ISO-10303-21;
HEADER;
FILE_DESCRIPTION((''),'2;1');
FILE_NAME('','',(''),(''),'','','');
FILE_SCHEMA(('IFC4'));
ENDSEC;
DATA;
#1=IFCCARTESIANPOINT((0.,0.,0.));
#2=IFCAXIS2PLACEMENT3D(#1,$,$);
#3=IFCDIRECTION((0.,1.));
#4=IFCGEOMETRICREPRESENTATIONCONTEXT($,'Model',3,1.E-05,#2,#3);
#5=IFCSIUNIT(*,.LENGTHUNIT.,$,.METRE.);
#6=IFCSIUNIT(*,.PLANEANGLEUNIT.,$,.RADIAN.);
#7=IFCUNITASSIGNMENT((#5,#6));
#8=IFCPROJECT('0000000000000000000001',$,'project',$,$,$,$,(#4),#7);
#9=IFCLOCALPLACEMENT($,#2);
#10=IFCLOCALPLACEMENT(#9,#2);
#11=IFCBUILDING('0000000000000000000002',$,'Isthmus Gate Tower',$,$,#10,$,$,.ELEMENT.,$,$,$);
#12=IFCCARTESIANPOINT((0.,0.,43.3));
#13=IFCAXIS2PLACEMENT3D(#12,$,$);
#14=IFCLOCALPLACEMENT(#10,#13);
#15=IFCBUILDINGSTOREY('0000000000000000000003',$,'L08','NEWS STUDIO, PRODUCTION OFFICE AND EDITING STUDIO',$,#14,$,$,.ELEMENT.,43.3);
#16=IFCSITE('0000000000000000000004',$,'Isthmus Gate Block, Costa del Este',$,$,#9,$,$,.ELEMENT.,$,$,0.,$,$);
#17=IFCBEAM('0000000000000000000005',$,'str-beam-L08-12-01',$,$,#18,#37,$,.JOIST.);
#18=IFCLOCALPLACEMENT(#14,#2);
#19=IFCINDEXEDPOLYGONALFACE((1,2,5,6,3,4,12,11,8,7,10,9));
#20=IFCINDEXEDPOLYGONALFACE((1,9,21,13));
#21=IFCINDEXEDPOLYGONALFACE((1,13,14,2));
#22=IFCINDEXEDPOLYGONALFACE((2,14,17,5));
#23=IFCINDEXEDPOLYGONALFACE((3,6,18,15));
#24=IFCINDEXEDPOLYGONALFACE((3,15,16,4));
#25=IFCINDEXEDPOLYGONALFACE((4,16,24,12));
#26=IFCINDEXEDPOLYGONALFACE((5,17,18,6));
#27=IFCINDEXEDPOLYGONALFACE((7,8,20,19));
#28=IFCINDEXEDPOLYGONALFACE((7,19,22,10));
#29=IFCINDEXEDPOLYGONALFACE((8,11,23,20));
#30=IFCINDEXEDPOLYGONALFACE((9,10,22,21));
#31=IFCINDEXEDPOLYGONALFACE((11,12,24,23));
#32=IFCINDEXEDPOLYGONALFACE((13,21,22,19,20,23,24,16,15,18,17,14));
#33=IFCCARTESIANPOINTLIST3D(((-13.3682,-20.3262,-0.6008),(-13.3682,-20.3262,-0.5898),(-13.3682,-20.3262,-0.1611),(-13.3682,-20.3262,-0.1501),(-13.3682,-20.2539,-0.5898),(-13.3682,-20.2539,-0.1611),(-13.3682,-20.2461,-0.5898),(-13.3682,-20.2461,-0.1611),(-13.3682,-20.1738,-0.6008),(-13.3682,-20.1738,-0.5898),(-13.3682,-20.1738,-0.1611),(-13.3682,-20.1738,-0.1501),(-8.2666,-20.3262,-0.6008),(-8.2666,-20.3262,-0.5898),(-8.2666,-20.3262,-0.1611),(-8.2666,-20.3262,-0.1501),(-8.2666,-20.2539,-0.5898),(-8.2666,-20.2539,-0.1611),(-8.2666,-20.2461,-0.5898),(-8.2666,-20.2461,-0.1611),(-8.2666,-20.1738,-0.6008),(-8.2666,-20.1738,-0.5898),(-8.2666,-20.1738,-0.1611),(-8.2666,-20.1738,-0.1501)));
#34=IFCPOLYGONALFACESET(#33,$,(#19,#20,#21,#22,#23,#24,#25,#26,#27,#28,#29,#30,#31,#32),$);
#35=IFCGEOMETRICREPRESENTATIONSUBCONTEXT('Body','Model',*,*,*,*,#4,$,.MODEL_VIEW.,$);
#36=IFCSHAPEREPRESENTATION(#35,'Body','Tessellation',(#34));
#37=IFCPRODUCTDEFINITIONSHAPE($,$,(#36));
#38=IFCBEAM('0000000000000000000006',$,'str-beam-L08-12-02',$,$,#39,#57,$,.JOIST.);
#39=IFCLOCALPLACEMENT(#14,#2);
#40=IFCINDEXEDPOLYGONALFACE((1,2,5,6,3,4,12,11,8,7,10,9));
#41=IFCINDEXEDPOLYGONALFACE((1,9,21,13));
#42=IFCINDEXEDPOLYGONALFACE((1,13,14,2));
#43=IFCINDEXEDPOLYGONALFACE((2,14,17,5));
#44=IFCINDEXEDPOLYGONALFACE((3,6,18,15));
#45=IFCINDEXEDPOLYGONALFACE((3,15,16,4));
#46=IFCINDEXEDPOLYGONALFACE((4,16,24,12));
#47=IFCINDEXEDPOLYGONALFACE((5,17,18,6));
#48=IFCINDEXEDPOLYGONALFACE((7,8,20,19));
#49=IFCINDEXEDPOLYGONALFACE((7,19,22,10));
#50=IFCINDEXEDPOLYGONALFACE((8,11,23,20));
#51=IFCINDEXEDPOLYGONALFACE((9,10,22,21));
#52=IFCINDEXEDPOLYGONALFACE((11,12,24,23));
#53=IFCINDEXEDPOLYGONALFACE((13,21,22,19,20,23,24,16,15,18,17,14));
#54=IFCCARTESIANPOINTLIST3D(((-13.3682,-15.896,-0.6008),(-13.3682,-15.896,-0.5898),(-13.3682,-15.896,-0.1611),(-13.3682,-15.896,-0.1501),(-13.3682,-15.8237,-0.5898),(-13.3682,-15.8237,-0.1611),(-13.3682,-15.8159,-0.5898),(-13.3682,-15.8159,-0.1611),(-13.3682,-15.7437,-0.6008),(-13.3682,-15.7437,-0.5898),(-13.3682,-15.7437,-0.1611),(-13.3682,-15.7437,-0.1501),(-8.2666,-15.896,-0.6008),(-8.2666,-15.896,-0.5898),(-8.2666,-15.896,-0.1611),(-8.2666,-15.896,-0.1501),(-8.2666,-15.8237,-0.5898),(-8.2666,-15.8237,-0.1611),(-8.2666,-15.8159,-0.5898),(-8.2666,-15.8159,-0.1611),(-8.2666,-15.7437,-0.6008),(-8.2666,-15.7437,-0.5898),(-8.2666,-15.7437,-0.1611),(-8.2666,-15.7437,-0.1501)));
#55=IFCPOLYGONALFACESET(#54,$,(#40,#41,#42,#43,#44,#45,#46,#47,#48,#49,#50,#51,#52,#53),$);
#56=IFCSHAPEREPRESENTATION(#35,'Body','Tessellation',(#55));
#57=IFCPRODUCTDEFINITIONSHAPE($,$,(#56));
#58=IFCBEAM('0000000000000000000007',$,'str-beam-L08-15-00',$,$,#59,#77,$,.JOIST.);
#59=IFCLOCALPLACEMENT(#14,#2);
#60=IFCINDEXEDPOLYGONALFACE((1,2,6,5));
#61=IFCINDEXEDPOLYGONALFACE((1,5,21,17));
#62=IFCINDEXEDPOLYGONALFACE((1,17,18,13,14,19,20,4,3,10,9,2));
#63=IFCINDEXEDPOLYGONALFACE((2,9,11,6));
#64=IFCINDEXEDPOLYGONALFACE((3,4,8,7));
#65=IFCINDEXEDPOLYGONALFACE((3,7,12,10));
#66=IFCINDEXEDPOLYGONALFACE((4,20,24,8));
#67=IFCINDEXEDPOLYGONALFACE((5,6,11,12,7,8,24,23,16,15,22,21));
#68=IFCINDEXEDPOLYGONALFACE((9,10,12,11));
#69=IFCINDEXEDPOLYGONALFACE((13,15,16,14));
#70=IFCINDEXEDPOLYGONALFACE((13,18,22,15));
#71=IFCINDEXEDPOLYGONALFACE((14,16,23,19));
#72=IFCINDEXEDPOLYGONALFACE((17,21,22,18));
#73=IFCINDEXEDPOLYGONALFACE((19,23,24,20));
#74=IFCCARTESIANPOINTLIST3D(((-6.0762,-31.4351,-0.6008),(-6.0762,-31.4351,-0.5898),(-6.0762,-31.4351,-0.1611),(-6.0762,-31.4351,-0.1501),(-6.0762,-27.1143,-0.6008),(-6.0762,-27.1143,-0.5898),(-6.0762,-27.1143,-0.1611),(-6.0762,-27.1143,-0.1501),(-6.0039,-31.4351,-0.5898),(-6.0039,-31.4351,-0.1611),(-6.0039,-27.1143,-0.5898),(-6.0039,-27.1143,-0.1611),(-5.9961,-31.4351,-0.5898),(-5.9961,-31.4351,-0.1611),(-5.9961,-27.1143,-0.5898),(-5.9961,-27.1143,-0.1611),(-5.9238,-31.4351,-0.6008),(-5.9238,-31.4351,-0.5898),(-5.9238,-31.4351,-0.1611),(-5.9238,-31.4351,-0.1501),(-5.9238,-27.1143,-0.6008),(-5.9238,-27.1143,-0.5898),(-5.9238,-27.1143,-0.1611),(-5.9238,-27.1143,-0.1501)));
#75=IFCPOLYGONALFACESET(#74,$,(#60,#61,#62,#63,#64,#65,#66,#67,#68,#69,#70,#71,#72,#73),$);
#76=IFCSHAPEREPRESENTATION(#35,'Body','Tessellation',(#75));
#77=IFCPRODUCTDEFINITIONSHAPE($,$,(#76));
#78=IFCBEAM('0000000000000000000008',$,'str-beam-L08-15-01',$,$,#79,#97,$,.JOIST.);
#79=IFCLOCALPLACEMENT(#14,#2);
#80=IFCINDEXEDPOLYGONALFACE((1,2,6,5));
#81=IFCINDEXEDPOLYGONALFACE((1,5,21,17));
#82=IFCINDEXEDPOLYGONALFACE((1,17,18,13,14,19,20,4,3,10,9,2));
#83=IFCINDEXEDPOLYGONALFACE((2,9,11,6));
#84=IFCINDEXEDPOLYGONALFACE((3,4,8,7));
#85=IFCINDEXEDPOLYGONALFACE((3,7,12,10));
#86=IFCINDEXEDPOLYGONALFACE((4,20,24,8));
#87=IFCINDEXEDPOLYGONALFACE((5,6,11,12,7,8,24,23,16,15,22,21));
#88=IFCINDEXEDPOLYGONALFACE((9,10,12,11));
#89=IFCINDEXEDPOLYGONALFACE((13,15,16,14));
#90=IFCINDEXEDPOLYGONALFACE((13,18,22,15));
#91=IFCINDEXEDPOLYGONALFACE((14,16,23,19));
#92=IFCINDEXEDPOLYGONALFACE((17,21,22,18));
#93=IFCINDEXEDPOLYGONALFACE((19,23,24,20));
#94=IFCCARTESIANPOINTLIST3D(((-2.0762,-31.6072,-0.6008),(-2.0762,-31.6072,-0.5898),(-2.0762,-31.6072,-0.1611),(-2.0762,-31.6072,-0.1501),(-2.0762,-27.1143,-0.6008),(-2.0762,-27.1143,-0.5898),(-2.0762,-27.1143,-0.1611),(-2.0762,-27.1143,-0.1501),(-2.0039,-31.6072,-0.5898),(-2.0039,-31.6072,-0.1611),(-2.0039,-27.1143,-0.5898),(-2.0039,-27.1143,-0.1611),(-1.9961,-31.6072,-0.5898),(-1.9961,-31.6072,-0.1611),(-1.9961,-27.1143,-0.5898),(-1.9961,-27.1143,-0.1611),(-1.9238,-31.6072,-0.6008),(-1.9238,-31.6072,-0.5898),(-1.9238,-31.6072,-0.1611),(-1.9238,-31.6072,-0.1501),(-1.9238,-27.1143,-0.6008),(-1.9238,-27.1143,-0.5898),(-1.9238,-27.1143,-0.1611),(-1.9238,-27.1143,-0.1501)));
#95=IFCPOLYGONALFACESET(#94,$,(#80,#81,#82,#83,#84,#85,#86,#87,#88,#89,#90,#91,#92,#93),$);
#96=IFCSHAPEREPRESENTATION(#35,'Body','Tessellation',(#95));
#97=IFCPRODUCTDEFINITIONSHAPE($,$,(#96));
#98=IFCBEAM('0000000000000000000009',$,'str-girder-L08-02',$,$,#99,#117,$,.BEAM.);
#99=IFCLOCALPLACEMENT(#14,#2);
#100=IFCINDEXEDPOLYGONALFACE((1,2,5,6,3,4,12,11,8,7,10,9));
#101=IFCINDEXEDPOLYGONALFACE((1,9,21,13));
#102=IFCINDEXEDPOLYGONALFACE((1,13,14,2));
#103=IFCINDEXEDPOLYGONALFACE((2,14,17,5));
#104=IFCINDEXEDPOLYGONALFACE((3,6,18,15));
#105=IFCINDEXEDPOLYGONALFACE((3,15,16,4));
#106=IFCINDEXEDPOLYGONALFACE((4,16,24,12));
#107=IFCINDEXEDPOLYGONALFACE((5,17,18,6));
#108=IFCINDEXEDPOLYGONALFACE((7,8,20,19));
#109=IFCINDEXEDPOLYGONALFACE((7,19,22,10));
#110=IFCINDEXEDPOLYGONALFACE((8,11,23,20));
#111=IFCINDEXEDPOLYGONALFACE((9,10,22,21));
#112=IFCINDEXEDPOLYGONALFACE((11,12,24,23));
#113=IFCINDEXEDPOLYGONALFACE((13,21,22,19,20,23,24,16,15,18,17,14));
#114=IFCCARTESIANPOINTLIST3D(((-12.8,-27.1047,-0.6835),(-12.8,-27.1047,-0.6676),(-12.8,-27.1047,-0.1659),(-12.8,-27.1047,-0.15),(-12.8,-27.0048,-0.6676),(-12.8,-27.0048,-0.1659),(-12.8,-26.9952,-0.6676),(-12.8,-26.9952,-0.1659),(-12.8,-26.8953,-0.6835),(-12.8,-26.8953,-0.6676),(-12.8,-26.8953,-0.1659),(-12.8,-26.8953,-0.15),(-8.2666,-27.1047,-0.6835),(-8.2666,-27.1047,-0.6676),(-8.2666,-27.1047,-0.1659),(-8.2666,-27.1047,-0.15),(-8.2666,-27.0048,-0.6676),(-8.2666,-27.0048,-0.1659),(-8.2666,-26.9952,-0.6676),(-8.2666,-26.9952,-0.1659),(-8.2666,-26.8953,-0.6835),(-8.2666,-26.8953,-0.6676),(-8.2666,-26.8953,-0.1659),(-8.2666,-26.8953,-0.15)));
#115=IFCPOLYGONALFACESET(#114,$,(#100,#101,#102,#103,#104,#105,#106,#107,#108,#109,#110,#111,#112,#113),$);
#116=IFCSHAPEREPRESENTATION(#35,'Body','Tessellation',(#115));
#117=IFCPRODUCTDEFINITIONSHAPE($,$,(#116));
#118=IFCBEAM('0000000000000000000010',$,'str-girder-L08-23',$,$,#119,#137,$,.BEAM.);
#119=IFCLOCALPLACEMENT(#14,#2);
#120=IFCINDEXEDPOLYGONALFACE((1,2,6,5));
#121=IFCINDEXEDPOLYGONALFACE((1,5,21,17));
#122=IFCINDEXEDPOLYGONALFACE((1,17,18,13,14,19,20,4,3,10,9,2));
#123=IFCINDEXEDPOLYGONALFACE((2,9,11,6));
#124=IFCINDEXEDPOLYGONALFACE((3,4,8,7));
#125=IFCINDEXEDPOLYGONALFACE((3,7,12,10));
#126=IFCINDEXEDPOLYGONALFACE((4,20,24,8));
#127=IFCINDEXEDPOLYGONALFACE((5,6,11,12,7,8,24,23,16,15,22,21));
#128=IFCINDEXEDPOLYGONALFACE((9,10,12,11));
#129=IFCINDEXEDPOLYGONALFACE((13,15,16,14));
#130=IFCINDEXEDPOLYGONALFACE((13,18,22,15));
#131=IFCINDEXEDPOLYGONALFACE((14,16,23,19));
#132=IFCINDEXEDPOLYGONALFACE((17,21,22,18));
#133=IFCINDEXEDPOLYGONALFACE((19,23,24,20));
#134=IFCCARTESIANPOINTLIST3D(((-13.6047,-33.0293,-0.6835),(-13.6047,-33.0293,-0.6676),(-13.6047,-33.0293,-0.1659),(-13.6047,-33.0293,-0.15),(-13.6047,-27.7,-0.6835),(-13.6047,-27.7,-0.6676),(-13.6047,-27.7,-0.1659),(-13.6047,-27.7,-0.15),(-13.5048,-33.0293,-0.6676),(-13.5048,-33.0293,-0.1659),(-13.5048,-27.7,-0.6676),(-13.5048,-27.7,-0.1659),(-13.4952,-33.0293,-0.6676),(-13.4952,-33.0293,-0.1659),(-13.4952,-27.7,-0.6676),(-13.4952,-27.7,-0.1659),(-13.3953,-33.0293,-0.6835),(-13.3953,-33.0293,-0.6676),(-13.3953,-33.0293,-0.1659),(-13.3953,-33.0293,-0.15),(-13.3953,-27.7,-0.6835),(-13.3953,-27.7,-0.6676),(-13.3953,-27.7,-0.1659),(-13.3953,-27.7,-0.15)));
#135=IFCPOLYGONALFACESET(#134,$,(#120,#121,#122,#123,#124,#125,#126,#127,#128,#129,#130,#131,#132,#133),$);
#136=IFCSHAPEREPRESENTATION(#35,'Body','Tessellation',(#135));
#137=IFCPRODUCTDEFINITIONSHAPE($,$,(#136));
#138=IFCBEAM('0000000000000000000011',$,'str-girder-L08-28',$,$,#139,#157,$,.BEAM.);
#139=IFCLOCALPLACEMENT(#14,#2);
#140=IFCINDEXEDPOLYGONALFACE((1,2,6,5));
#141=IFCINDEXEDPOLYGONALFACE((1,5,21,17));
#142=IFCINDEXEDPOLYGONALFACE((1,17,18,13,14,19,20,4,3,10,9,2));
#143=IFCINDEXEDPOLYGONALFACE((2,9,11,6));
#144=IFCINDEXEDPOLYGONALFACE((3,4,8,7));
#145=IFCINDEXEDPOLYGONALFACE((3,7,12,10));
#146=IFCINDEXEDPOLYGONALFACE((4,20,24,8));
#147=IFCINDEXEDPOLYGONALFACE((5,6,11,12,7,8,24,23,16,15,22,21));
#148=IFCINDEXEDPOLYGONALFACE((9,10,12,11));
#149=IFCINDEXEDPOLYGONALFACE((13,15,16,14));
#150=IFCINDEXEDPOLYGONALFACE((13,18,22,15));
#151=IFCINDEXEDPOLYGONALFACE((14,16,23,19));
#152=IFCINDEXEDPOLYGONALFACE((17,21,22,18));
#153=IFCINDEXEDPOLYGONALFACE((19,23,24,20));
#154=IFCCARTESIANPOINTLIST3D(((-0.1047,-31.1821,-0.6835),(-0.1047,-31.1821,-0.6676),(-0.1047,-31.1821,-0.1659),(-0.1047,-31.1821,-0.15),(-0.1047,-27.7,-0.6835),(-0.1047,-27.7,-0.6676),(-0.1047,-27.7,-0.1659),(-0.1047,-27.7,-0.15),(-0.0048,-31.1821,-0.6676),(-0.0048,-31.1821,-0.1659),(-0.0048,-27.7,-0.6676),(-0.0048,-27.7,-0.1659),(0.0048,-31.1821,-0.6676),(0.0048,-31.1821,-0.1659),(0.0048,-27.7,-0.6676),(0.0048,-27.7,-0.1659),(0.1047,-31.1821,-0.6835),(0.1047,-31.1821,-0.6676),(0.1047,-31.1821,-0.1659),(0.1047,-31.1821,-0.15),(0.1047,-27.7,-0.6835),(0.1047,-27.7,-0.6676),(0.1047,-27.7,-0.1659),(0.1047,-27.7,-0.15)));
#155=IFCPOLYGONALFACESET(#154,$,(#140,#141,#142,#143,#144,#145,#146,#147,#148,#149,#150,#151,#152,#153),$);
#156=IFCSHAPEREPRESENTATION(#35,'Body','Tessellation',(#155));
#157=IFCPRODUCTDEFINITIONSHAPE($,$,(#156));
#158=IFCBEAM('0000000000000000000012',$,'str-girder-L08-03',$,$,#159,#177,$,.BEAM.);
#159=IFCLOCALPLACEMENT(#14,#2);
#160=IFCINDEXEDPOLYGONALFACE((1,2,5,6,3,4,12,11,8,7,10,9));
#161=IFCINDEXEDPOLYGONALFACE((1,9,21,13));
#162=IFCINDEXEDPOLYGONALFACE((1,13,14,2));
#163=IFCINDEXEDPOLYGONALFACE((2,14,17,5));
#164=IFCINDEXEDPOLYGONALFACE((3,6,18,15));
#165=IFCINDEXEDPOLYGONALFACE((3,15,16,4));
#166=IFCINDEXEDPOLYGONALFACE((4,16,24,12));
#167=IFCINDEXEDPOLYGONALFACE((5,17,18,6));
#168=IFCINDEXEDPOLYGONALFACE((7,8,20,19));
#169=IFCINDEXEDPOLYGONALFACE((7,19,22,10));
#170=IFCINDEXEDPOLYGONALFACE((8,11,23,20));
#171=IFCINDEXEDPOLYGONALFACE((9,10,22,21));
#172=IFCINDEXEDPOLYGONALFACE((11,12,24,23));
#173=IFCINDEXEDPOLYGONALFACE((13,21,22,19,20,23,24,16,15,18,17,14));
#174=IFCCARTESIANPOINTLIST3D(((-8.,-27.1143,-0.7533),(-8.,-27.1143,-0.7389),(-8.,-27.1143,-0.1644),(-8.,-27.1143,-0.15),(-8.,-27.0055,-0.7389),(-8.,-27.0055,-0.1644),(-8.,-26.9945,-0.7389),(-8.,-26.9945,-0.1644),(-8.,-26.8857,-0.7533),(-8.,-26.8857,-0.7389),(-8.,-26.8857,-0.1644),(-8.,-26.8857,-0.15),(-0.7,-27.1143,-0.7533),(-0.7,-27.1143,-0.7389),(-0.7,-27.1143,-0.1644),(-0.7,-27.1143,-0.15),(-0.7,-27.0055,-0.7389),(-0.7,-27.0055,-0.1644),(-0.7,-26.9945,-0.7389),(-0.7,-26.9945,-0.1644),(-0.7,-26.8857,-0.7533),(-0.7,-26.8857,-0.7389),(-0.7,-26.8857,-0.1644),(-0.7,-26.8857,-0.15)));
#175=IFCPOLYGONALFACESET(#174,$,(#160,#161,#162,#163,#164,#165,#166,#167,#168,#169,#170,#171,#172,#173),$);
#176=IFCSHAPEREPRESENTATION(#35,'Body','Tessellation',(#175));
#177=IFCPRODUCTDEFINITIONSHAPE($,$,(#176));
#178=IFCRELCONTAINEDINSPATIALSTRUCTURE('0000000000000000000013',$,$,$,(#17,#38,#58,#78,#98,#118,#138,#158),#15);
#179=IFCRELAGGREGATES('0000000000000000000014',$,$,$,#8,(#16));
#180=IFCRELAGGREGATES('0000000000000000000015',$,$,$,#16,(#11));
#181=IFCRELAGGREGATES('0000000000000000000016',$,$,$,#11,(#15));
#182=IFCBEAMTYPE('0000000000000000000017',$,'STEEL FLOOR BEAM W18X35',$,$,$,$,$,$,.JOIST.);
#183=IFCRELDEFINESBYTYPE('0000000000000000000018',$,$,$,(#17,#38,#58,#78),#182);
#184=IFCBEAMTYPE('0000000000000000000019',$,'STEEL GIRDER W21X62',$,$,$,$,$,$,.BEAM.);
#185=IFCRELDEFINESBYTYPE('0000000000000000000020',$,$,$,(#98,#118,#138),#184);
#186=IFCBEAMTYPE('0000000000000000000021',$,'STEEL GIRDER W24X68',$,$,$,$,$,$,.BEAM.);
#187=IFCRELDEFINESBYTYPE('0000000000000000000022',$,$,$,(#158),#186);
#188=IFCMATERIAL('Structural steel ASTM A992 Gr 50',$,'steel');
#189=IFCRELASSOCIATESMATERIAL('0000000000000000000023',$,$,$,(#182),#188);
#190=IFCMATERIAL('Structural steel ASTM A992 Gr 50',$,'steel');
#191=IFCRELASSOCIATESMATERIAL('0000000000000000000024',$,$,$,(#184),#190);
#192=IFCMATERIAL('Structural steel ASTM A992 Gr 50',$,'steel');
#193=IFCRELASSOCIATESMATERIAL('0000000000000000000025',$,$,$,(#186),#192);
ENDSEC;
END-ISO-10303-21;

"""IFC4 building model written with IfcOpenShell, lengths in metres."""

from ifc_helpers import new_model, si_unit, direction, frame, origin, origin_2d, place, context, subcontext, project, spatial, i_section, extrude, material, material_profile, profile_set, type_object, element, save


model = new_model("IFC4")

# Units and contexts
model_context = context("Model", 3, precision=1e-05, world=origin(), true_north=direction((0.0, 1.0)))
body_context = subcontext(model_context, "Body", "Model", "MODEL_VIEW")
ifc_project = project(units=[si_unit("LENGTHUNIT", "METRE"), si_unit("PLANEANGLEUNIT", "RADIAN")], contexts=[model_context])

# Site, building, storey
site_placement = place(None, origin())
site = spatial("IfcSite", under=ifc_project, at=site_placement, Name="Isthmus Gate Block, Costa del Este", CompositionType="ELEMENT", RefElevation=0.0)
building_placement = place(site_placement, origin())
building = spatial("IfcBuilding", under=site, at=building_placement, Name="Isthmus Gate Tower", CompositionType="ELEMENT")
storey_placement = place(building_placement, frame((0.0, 0.0, 43.3)))
storey = spatial("IfcBuildingStorey", under=building, at=storey_placement, Name="L08", Description="NEWS STUDIO, PRODUCTION OFFICE AND EDITING STUDIO", CompositionType="ELEMENT", Elevation=43.3)

# Beams
ifc_material_1 = material(Name="Structural steel ASTM A992 Gr 50", Category="steel")
ifc_material_profile_1 = material_profile(ifc_material_1, i_section(OverallWidth=0.1523, OverallDepth=0.4507, WebThickness=0.0078, FlangeThickness=0.011, at=origin_2d()), Name="W18X35")
ifc_profile_set_1 = profile_set([ifc_material_profile_1], Name="Structural steel ASTM A992 Gr 50")
beam_type_1 = type_object("IfcBeamType", Name="STEEL FLOOR BEAM W18X35", PredefinedType="JOIST", material=ifc_profile_set_1)
for number, where, z_axis, x_axis, name in (
    (1, (-13.3682, -20.25, -0.3755), (1.0, 0.0, 0.0), (0.0, 1.0, 0.0), "str-beam-L08-12-01"),
    (2, (-13.3682, -15.8198, -0.3755), (1.0, 0.0, 0.0), (0.0, 1.0, 0.0), "str-beam-L08-12-02"),
):
    element("IfcBeam", number, at=place(storey_placement, frame(where, z_axis=z_axis, x_axis=x_axis)), inside=storey, type_object=beam_type_1, Name=name, PredefinedType="JOIST", context=body_context, shape_type="SweptSolid", body=[
        extrude(i_section(OverallWidth=0.1523, OverallDepth=0.4507, WebThickness=0.0078, FlangeThickness=0.011, at=origin_2d()), origin(), (0.0, 0.0, 1.0), 5.1016),
    ])
beam_1_placement = place(storey_placement, frame((-6.0, -31.4351, -0.3755), z_axis=(0.0, 1.0, 0.0), x_axis=(-1.0, 0.0, 0.0)))
element("IfcBeam", 3, at=beam_1_placement, inside=storey, type_object=beam_type_1, Name="str-beam-L08-15-00", PredefinedType="JOIST", context=body_context, shape_type="SweptSolid", body=[
    extrude(i_section(OverallWidth=0.1523, OverallDepth=0.4507, WebThickness=0.0078, FlangeThickness=0.011, at=origin_2d()), origin(), (0.0, 0.0, 1.0), 4.3208),
])
beam_2_placement = place(storey_placement, frame((-2.0, -31.6072, -0.3755), z_axis=(0.0, 1.0, 0.0), x_axis=(-1.0, 0.0, 0.0)))
element("IfcBeam", 4, at=beam_2_placement, inside=storey, type_object=beam_type_1, Name="str-beam-L08-15-01", PredefinedType="JOIST", context=body_context, shape_type="SweptSolid", body=[
    extrude(i_section(OverallWidth=0.1523, OverallDepth=0.4507, WebThickness=0.0078, FlangeThickness=0.011, at=origin_2d()), origin(), (0.0, 0.0, 1.0), 4.4929),
])
ifc_material_2 = material(Name="Structural steel ASTM A992 Gr 50", Category="steel")
ifc_material_profile_2 = material_profile(ifc_material_2, i_section(OverallWidth=0.2095, OverallDepth=0.5334, WebThickness=0.0095, FlangeThickness=0.0159, at=origin_2d()), Name="W21X62")
ifc_profile_set_2 = profile_set([ifc_material_profile_2], Name="Structural steel ASTM A992 Gr 50")
beam_type_2 = type_object("IfcBeamType", Name="STEEL GIRDER W21X62", PredefinedType="BEAM", material=ifc_profile_set_2)
beam_3_placement = place(storey_placement, frame((-12.8, -27.0, -0.4167), z_axis=(1.0, 0.0, 0.0), x_axis=(0.0, 1.0, 0.0)))
element("IfcBeam", 5, at=beam_3_placement, inside=storey, type_object=beam_type_2, Name="str-girder-L08-02", PredefinedType="BEAM", context=body_context, shape_type="SweptSolid", body=[
    extrude(i_section(OverallWidth=0.2095, OverallDepth=0.5334, WebThickness=0.0095, FlangeThickness=0.0159, at=origin_2d()), origin(), (0.0, 0.0, 1.0), 4.5334),
])
beam_4_placement = place(storey_placement, frame((-13.5, -33.0293, -0.4167), z_axis=(0.0, 1.0, 0.0), x_axis=(-1.0, 0.0, 0.0)))
element("IfcBeam", 6, at=beam_4_placement, inside=storey, type_object=beam_type_2, Name="str-girder-L08-23", PredefinedType="BEAM", context=body_context, shape_type="SweptSolid", body=[
    extrude(i_section(OverallWidth=0.2095, OverallDepth=0.5334, WebThickness=0.0095, FlangeThickness=0.0159, at=origin_2d()), origin(), (0.0, 0.0, 1.0), 5.3293),
])
beam_5_placement = place(storey_placement, frame((0.0, -31.1821, -0.4167), z_axis=(0.0, 1.0, 0.0), x_axis=(-1.0, 0.0, 0.0)))
element("IfcBeam", 7, at=beam_5_placement, inside=storey, type_object=beam_type_2, Name="str-girder-L08-28", PredefinedType="BEAM", context=body_context, shape_type="SweptSolid", body=[
    extrude(i_section(OverallWidth=0.2095, OverallDepth=0.5334, WebThickness=0.0095, FlangeThickness=0.0159, at=origin_2d()), origin(), (0.0, 0.0, 1.0), 3.4822),
])
ifc_material_3 = material(Name="Structural steel ASTM A992 Gr 50", Category="steel")
ifc_material_profile_3 = material_profile(ifc_material_3, i_section(OverallWidth=0.2285, OverallDepth=0.6033, WebThickness=0.011, FlangeThickness=0.0144, at=origin_2d()), Name="W24X68")
ifc_profile_set_3 = profile_set([ifc_material_profile_3], Name="Structural steel ASTM A992 Gr 50")
beam_type_3 = type_object("IfcBeamType", Name="STEEL GIRDER W24X68", PredefinedType="BEAM", material=ifc_profile_set_3)
beam_6_placement = place(storey_placement, frame((-8.0, -27.0, -0.4517), z_axis=(1.0, 0.0, 0.0), x_axis=(0.0, 1.0, 0.0)))
element("IfcBeam", 8, at=beam_6_placement, inside=storey, type_object=beam_type_3, Name="str-girder-L08-03", PredefinedType="BEAM", context=body_context, shape_type="SweptSolid", body=[
    extrude(i_section(OverallWidth=0.2285, OverallDepth=0.6033, WebThickness=0.011, FlangeThickness=0.0144, at=origin_2d()), origin(), (0.0, 0.0, 1.0), 7.3),
])

save(model, "model.ifc")
